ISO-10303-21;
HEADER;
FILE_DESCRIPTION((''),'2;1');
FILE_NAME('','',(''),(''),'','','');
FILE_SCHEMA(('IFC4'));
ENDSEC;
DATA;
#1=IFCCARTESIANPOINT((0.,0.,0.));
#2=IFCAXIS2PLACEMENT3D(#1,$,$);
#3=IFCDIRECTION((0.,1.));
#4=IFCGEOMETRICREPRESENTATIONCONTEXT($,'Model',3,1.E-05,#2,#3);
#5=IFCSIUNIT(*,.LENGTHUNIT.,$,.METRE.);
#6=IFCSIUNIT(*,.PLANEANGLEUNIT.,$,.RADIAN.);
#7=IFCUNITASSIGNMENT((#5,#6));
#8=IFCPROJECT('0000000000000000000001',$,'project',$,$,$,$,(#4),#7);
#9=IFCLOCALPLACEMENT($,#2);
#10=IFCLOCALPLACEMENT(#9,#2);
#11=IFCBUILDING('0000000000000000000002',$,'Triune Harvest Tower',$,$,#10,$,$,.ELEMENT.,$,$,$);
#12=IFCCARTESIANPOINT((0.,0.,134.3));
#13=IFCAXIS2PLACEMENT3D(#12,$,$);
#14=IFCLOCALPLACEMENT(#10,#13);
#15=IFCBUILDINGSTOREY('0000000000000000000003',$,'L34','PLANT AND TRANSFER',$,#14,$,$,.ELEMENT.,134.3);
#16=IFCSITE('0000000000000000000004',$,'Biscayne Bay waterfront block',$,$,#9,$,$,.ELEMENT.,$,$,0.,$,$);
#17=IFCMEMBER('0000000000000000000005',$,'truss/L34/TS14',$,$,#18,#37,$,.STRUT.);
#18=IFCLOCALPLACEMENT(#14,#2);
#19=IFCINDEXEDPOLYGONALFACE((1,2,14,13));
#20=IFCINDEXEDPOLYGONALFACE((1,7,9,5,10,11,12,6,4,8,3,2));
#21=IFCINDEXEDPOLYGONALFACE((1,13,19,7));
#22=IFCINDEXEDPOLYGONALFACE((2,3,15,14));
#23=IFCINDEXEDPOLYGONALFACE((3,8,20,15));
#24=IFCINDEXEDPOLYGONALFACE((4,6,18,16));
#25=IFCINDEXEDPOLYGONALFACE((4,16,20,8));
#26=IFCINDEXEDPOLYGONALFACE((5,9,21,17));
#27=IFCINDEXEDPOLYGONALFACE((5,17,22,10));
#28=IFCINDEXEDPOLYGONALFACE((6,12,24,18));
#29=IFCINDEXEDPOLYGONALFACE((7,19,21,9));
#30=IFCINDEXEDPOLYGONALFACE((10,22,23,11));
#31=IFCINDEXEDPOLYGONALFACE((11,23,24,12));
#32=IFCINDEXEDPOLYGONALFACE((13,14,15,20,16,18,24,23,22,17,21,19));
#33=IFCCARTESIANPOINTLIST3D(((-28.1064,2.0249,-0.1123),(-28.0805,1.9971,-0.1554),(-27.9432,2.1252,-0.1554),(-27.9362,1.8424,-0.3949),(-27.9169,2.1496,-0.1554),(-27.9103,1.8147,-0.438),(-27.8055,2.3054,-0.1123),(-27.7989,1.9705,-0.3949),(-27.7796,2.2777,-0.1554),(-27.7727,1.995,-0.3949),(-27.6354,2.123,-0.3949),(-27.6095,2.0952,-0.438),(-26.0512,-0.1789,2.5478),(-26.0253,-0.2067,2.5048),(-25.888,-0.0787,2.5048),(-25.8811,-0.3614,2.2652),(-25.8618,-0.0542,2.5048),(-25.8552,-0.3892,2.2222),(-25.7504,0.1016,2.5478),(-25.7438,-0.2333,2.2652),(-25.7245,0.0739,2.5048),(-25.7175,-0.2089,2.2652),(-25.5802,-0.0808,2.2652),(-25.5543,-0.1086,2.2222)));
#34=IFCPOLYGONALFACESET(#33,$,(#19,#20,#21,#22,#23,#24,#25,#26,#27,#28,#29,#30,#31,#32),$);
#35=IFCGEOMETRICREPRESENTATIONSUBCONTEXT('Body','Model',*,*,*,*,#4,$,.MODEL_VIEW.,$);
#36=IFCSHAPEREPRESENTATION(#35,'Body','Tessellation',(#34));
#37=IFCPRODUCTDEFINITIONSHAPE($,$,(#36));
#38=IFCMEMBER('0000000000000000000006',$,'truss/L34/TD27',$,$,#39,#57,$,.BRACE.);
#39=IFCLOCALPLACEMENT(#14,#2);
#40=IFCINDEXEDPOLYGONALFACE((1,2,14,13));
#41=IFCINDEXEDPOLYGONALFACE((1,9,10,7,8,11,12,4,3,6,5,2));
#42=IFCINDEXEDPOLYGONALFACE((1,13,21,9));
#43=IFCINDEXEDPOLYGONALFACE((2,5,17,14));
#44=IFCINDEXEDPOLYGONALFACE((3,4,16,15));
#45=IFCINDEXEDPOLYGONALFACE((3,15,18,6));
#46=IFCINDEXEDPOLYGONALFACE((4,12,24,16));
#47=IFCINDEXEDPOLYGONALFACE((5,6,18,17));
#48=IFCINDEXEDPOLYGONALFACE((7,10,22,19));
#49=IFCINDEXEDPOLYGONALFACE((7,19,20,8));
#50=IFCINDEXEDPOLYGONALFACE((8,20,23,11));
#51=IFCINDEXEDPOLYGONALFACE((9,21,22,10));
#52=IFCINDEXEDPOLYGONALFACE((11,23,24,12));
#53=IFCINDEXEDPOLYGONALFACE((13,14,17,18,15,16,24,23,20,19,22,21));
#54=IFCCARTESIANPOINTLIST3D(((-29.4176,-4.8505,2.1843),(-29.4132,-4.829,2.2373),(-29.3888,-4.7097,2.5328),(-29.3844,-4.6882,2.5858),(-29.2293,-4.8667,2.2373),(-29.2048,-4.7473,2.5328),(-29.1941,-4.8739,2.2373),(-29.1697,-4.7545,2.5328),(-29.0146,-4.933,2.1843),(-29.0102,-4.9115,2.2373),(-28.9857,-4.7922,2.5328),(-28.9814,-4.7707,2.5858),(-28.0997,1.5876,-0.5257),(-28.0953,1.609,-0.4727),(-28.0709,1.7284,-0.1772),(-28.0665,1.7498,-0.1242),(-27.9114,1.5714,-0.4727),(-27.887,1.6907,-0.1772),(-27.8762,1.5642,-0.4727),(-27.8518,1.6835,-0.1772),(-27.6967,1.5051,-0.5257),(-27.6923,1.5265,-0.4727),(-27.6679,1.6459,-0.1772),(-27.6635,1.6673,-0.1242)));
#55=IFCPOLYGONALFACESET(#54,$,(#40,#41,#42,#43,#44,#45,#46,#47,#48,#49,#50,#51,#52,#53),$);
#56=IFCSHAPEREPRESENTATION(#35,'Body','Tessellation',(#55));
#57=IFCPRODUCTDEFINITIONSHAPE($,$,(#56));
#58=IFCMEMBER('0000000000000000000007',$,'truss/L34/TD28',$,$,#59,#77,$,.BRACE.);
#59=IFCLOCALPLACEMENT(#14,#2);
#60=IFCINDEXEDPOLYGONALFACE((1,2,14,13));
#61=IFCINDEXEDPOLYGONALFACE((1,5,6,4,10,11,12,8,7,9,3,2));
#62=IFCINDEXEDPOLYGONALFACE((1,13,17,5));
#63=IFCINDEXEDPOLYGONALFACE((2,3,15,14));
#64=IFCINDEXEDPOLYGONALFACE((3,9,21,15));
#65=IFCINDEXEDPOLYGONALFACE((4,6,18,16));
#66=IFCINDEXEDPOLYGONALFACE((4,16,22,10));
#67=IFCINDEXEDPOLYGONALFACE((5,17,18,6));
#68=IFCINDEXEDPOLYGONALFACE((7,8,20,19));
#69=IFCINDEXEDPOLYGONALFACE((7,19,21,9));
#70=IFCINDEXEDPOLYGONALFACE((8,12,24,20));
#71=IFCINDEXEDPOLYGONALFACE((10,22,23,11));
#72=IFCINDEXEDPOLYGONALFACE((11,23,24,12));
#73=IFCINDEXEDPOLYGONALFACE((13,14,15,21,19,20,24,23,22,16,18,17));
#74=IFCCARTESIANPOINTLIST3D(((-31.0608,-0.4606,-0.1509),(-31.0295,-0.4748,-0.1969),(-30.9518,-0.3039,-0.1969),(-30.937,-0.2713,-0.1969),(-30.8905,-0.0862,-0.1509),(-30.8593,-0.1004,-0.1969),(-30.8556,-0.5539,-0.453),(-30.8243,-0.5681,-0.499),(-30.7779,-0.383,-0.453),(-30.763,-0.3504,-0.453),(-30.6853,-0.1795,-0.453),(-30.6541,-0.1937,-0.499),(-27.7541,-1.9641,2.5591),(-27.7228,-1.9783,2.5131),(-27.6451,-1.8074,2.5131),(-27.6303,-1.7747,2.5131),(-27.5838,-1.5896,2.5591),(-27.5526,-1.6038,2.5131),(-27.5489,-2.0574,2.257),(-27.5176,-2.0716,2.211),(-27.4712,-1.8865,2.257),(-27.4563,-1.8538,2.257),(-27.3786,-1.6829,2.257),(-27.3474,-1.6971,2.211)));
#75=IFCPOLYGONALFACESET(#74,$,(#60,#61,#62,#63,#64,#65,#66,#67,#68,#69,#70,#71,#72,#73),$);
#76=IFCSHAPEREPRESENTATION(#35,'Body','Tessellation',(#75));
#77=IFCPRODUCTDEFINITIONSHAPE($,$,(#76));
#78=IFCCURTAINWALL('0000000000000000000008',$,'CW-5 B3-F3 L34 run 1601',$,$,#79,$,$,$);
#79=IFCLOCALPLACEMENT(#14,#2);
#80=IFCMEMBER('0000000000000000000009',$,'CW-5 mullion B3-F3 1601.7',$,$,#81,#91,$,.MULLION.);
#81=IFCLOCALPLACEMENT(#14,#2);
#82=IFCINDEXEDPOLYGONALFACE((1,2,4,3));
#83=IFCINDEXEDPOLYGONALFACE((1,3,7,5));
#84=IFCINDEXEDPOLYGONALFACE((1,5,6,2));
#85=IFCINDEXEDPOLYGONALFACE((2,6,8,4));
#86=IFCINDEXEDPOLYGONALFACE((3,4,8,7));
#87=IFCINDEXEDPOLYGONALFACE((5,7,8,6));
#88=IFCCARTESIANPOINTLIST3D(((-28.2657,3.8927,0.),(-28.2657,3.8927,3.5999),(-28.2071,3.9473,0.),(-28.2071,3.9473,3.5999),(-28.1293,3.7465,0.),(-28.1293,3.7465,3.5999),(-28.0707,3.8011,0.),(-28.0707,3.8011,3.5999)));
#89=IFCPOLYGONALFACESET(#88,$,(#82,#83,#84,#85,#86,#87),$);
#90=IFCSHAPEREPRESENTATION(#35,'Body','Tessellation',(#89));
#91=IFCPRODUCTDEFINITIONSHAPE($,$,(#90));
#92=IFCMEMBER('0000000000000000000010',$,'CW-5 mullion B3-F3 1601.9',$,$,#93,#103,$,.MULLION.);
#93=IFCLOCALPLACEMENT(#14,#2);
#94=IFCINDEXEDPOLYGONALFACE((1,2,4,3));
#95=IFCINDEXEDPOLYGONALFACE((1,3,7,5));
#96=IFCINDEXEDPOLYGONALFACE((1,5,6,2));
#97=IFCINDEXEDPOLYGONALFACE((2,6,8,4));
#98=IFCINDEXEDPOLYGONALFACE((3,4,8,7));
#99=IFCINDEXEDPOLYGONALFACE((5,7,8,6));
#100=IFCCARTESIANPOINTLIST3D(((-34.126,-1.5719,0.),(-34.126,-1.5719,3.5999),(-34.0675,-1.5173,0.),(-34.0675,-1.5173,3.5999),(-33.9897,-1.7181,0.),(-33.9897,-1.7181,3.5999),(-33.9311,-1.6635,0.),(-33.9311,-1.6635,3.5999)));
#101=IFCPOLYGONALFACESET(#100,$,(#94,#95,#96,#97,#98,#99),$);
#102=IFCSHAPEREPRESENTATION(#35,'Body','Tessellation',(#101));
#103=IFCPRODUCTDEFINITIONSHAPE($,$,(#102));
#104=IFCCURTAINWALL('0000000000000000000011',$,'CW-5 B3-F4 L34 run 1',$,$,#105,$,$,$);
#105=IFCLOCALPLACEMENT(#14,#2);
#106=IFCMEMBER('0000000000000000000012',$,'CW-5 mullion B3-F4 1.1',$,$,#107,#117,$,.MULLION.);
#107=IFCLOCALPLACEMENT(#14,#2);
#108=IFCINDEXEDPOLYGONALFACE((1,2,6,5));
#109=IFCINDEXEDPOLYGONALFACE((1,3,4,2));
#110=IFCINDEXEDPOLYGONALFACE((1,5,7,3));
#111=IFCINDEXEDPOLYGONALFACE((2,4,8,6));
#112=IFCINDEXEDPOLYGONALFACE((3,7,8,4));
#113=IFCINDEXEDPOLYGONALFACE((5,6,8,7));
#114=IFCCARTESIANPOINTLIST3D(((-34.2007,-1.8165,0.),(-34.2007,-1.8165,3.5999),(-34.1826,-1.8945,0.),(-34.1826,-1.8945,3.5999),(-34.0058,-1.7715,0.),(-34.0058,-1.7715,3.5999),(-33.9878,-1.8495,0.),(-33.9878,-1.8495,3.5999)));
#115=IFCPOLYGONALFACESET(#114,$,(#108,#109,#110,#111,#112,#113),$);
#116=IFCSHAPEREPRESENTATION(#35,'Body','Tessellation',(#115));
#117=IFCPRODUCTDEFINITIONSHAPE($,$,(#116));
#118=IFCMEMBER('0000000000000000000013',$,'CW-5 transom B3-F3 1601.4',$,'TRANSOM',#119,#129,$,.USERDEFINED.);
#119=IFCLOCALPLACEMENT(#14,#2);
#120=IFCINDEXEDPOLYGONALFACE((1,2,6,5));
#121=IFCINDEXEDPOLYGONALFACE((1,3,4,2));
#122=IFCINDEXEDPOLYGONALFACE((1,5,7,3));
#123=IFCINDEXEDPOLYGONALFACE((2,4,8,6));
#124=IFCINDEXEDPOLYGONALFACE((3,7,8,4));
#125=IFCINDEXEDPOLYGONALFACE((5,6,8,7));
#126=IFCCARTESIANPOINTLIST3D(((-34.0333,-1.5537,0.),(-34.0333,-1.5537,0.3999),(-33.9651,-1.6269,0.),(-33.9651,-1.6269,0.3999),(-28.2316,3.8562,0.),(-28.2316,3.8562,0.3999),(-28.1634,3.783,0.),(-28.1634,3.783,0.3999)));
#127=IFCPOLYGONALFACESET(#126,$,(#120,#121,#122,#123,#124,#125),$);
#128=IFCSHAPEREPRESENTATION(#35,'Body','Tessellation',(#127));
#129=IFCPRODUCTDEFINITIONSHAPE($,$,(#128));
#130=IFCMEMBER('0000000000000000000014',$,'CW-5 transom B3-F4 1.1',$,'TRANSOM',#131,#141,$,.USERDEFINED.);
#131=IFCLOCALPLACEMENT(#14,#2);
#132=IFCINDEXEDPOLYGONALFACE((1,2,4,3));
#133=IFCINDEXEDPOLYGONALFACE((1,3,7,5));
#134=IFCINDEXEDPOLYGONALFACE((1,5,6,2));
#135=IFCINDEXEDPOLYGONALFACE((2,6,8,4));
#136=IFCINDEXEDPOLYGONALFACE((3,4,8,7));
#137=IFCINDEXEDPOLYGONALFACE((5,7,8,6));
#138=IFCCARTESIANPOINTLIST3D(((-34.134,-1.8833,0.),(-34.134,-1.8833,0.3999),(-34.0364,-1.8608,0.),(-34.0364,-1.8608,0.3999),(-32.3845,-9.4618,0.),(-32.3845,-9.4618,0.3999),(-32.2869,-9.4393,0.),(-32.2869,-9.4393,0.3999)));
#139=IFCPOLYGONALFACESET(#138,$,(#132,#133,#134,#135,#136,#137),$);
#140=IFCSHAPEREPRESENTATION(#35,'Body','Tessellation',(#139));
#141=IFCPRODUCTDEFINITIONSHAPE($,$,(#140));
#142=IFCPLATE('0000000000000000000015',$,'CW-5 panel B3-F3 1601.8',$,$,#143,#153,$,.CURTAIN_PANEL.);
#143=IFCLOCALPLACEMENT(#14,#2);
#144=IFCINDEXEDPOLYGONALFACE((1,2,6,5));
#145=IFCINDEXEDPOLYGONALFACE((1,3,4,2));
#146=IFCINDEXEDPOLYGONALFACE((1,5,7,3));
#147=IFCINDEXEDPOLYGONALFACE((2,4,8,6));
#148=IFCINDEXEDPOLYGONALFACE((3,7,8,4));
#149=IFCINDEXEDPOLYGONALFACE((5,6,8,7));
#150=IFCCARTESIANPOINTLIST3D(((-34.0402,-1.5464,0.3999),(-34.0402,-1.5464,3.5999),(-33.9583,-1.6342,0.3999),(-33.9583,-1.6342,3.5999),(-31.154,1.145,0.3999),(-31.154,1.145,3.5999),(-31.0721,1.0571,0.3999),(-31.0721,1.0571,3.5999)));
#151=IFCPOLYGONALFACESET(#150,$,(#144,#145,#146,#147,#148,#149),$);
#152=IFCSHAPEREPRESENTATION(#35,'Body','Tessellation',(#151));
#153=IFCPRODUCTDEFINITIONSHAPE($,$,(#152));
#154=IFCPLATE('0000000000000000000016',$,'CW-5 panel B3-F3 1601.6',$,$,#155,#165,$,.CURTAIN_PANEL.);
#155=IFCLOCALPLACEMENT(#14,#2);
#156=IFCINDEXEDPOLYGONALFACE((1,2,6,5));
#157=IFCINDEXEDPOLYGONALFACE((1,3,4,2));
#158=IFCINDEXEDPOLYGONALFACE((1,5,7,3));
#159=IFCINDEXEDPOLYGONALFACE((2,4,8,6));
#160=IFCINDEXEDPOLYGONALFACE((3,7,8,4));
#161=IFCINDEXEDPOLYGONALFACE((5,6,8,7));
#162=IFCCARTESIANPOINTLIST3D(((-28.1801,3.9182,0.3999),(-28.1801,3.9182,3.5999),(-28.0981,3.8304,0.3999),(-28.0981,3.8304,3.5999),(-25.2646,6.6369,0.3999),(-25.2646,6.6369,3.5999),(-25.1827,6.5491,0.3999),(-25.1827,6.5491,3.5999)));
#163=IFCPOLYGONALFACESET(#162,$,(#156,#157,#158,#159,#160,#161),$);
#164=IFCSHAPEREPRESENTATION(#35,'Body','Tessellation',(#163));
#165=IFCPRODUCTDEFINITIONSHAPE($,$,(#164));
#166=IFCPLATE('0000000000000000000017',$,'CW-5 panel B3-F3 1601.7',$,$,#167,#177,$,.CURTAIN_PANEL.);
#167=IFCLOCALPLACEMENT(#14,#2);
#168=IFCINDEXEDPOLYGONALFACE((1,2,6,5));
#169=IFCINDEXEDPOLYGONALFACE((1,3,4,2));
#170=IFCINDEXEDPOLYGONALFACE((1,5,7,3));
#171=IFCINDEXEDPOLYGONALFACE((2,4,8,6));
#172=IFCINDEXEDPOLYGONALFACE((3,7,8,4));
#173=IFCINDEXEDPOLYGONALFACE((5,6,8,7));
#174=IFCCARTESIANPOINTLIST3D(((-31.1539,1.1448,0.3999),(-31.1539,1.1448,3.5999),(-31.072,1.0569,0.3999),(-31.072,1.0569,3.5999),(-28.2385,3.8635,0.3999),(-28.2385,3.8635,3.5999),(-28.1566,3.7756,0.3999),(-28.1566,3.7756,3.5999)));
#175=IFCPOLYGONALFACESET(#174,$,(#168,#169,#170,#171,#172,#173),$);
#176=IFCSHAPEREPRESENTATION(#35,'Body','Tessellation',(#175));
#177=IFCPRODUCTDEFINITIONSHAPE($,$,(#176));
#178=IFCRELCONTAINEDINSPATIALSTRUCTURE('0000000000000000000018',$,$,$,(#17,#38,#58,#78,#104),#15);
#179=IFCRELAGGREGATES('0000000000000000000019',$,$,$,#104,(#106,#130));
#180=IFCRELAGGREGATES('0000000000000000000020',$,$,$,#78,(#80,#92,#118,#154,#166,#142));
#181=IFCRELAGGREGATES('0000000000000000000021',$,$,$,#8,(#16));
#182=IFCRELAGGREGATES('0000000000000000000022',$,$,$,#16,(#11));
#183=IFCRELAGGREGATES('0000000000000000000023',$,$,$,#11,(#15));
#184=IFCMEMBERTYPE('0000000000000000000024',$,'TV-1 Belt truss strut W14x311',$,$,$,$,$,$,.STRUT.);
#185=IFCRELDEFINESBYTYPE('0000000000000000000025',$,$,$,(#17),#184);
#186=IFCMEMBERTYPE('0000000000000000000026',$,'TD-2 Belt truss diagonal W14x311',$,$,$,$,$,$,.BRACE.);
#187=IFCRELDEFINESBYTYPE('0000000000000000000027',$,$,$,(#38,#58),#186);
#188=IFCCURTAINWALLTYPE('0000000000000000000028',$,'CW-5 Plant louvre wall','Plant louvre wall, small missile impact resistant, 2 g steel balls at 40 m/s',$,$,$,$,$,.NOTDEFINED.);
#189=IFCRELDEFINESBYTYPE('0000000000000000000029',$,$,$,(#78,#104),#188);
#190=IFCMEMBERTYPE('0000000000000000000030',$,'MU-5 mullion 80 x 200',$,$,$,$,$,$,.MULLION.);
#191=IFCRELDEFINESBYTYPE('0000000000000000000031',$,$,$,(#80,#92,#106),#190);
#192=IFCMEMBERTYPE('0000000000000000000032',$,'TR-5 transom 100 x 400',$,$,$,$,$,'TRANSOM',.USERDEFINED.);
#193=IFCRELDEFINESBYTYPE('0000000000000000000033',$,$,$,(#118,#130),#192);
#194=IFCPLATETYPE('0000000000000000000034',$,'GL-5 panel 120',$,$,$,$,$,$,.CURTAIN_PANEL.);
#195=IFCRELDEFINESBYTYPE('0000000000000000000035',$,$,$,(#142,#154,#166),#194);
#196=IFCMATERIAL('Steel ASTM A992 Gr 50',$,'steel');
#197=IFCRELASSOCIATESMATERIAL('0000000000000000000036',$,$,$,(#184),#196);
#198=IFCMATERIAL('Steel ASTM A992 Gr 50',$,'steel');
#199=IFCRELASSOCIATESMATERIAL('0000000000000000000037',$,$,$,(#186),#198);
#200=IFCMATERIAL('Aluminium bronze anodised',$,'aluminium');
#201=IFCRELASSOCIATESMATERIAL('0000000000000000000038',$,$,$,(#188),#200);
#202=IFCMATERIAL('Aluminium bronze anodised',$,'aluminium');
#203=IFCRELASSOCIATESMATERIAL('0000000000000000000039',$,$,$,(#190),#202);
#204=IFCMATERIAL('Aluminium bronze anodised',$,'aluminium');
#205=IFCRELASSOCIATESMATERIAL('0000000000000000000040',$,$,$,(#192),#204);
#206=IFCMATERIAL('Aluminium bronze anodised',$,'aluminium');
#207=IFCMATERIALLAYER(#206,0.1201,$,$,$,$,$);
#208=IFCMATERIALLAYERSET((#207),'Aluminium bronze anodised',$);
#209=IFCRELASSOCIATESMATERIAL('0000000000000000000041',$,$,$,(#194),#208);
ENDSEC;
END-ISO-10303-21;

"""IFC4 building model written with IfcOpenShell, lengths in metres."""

from ifc_helpers import new_model, si_unit, direction, frame, origin, origin_2d, place, context, subcontext, project, spatial, rectangle, i_section, extrude, source, transform, mapped, material, layer, layer_set, material_profile, profile_set, type_object, element, aggregate, save


model = new_model("IFC4")

# Units and contexts
model_context = context("Model", 3, precision=1e-05, world=origin(), true_north=direction((0.0, 1.0)))
body_context = subcontext(model_context, "Body", "Model", "MODEL_VIEW")
ifc_project = project(units=[si_unit("LENGTHUNIT", "METRE"), si_unit("PLANEANGLEUNIT", "RADIAN")], contexts=[model_context])

# Site, building, storey
site_placement = place(None, origin())
site = spatial("IfcSite", under=ifc_project, at=site_placement, Name="Biscayne Bay waterfront block", CompositionType="ELEMENT", RefElevation=0.0)
building_placement = place(site_placement, origin())
building = spatial("IfcBuilding", under=site, at=building_placement, Name="Triune Harvest Tower", CompositionType="ELEMENT")
storey_placement = place(building_placement, frame((0.0, 0.0, 134.3)))
storey = spatial("IfcBuildingStorey", under=building, at=storey_placement, Name="L34", Description="PLANT AND TRANSFER", CompositionType="ELEMENT", Elevation=134.3)

# Members
ifc_material_1 = material(Name="Steel ASTM A992 Gr 50", Category="steel")
ifc_material_profile_1 = material_profile(ifc_material_1, i_section(OverallWidth=0.4114, OverallDepth=0.4343, WebThickness=0.0359, FlangeThickness=0.0574, at=origin_2d()), Name="W14x311")
ifc_profile_set_1 = profile_set([ifc_material_profile_1], Name="Steel ASTM A992 Gr 50")
member_type_1 = type_object("IfcMemberType", Name="TV-1 Belt truss strut W14x311", PredefinedType="STRUT", material=ifc_profile_set_1)
shared_shape_1 = source(origin(), body_context, "Body", "SweptSolid", [
    extrude(i_section(OverallWidth=0.4114, OverallDepth=0.4343, WebThickness=0.0359, FlangeThickness=0.0574, at=origin_2d()), origin(), (0.0, 0.0, 1.0), 4.0195),
])
member_1_placement = place(storey_placement, frame((-27.8579, 2.0601, -0.2751), z_axis=(0.511289, -0.548278, 0.661797), x_axis=(0.731346, 0.682006, 0.0)))
element("IfcMember", 1, at=member_1_placement, inside=storey, type_object=member_type_1, Name="truss/L34/TS14", PredefinedType="STRUT", context=body_context, shape_type="MappedRepresentation", body=[
    mapped(shared_shape_1, transform((0.0, 0.0, 0.0), scale=1.0)),
])
ifc_material_2 = material(Name="Steel ASTM A992 Gr 50", Category="steel")
ifc_material_profile_2 = material_profile(ifc_material_2, i_section(OverallWidth=0.4114, OverallDepth=0.4343, WebThickness=0.0359, FlangeThickness=0.0574, at=origin_2d()), Name="W14x311")
ifc_profile_set_2 = profile_set([ifc_material_profile_2], Name="Steel ASTM A992 Gr 50")
member_type_2 = type_object("IfcMemberType", Name="TD-2 Belt truss diagonal W14x311", PredefinedType="BRACE", material=ifc_profile_set_2)
shared_shape_2 = source(origin(), body_context, "Body", "SweptSolid", [
    extrude(i_section(OverallWidth=0.4114, OverallDepth=0.4343, WebThickness=0.0359, FlangeThickness=0.0574, at=origin_2d()), origin(), (0.0, 0.0, 1.0), 7.1084),
])
member_2_placement = place(storey_placement, frame((-27.8816, 1.6274, -0.325), z_axis=(-0.185398, -0.905696, 0.381237), x_axis=(0.979685, -0.200544, 0.0)))
element("IfcMember", 2, at=member_2_placement, inside=storey, type_object=member_type_2, Name="truss/L34/TD27", PredefinedType="BRACE", context=body_context, shape_type="MappedRepresentation", body=[
    mapped(shared_shape_2, transform((0.0, 0.0, 0.0), scale=1.0)),
])
shared_shape_3 = source(origin(), body_context, "Body", "SweptSolid", [
    extrude(i_section(OverallWidth=0.4114, OverallDepth=0.4343, WebThickness=0.0359, FlangeThickness=0.0574, at=origin_2d()), origin(), (0.0, 0.0, 1.0), 4.532),
])
member_3_placement = place(storey_placement, frame((-30.8574, -0.3271, -0.325), z_axis=(0.729638, -0.331742, 0.597976), x_axis=(0.413894, 0.910325, 0.0)))
element("IfcMember", 3, at=member_3_placement, inside=storey, type_object=member_type_2, Name="truss/L34/TD28", PredefinedType="BRACE", context=body_context, shape_type="MappedRepresentation", body=[
    mapped(shared_shape_3, transform((0.0, 0.0, 0.0), scale=1.0)),
])

# Curtain wall, members
ifc_material_3 = material(Name="Aluminium bronze anodised", Category="aluminium")
curtain_wall_type = type_object("IfcCurtainWallType", Name="CW-5 Plant louvre wall", Description="Plant louvre wall, small missile impact resistant, 2 g steel balls at 40 m/s", PredefinedType="NOTDEFINED", material=ifc_material_3)
curtain_wall_1_placement = place(storey_placement, origin())
curtain_wall_1 = element("IfcCurtainWall", 4, at=curtain_wall_1_placement, inside=storey, type_object=curtain_wall_type, Name="CW-5 B3-F3 L34 run 1601")
ifc_material_4 = material(Name="Aluminium bronze anodised", Category="aluminium")
ifc_material_profile_3 = material_profile(ifc_material_4, rectangle(XDim=0.2, YDim=0.0801, at=origin_2d()), Name="MU-5 mullion 80 x 200")
ifc_profile_set_3 = profile_set([ifc_material_profile_3], Name="Aluminium bronze anodised")
member_type_3 = type_object("IfcMemberType", Name="MU-5 mullion 80 x 200", PredefinedType="MULLION", material=ifc_profile_set_3)
shared_shape_4 = source(origin(), body_context, "Body", "SweptSolid", [
    extrude(rectangle(XDim=0.2, YDim=0.0801, at=origin_2d()), origin(), (0.0, 0.0, 1.0), 3.5999),
])
member_4_placement = place(storey_placement, frame((-28.1682, 3.8469, 0.0), z_axis=(0.0, 0.0, 1.0), x_axis=(0.681998, -0.731354, 0.0)))
member_4 = element("IfcMember", 5, at=member_4_placement, type_object=member_type_3, Name="CW-5 mullion B3-F3 1601.7", PredefinedType="MULLION", context=body_context, shape_type="MappedRepresentation", body=[
    mapped(shared_shape_4, transform((0.0, 0.0, 0.0), scale=1.0)),
])
member_5_placement = place(storey_placement, frame((-34.0286, -1.6177, 0.0), z_axis=(0.0, 0.0, 1.0), x_axis=(0.681998, -0.731354, 0.0)))
member_5 = element("IfcMember", 6, at=member_5_placement, type_object=member_type_3, Name="CW-5 mullion B3-F3 1601.9", PredefinedType="MULLION", context=body_context, shape_type="MappedRepresentation", body=[
    mapped(shared_shape_4, transform((0.0, 0.0, 0.0), scale=1.0)),
])

# Curtain wall, member
curtain_wall_2_placement = place(storey_placement, origin())
curtain_wall_2 = element("IfcCurtainWall", 7, at=curtain_wall_2_placement, inside=storey, type_object=curtain_wall_type, Name="CW-5 B3-F4 L34 run 1")
member_6_placement = place(storey_placement, frame((-34.0942, -1.833, 0.0), z_axis=(0.0, 0.0, 1.0), x_axis=(0.974371, 0.224947, 0.0)))
member_6 = element("IfcMember", 8, at=member_6_placement, type_object=member_type_3, Name="CW-5 mullion B3-F4 1.1", PredefinedType="MULLION", context=body_context, shape_type="MappedRepresentation", body=[
    mapped(shared_shape_4, transform((0.0, 0.0, 0.0), scale=1.0)),
])

# Members
ifc_material_5 = material(Name="Aluminium bronze anodised", Category="aluminium")
ifc_material_profile_4 = material_profile(ifc_material_5, rectangle(XDim=0.1001, YDim=0.3999, at=origin_2d()), Name="TR-5 transom 100 x 400")
ifc_profile_set_4 = profile_set([ifc_material_profile_4], Name="Aluminium bronze anodised")
member_type_4 = type_object("IfcMemberType", Name="TR-5 transom 100 x 400", ElementType="TRANSOM", PredefinedType="USERDEFINED", material=ifc_profile_set_4)
shared_shape_5 = source(origin(), body_context, "Body", "SweptSolid", [
    extrude(rectangle(XDim=0.1001, YDim=0.3999, at=origin_2d()), origin(), (0.0, 0.0, 1.0), 7.9326),
])
member_7_placement = place(storey_placement, frame((-28.1975, 3.8196, 0.2), z_axis=(-0.731373, -0.681977, 0.0), x_axis=(0.681977, -0.731373, 0.0)))
member_7 = element("IfcMember", 9, at=member_7_placement, type_object=member_type_4, Name="CW-5 transom B3-F3 1601.4", ObjectType="TRANSOM", PredefinedType="USERDEFINED", context=body_context, shape_type="MappedRepresentation", body=[
    mapped(shared_shape_5, transform((0.0, 0.0, 0.0), scale=1.0)),
])
shared_shape_6 = source(origin(), body_context, "Body", "SweptSolid", [
    extrude(rectangle(XDim=0.1001, YDim=0.3999, at=origin_2d()), origin(), (0.0, 0.0, 1.0), 7.7778),
])
member_8_placement = place(storey_placement, frame((-34.0852, -1.8721, 0.2), z_axis=(0.224933, -0.974374, 0.0), x_axis=(0.974374, 0.224933, 0.0)))
member_8 = element("IfcMember", 10, at=member_8_placement, type_object=member_type_4, Name="CW-5 transom B3-F4 1.1", ObjectType="TRANSOM", PredefinedType="USERDEFINED", context=body_context, shape_type="MappedRepresentation", body=[
    mapped(shared_shape_6, transform((0.0, 0.0, 0.0), scale=1.0)),
])
aggregate(curtain_wall_2, [member_6, member_8])

# Plates
ifc_material_6 = material(Name="Aluminium bronze anodised", Category="aluminium")
ifc_layer_1 = layer(ifc_material_6, 0.1201)
ifc_layer_set_1 = layer_set([ifc_layer_1], Name="Aluminium bronze anodised")
plate_type = type_object("IfcPlateType", Name="GL-5 panel 120", PredefinedType="CURTAIN_PANEL", material=ifc_layer_set_1)
shared_shape_7 = source(origin(), body_context, "Body", "SweptSolid", [
    extrude(rectangle(XDim=3.9463, YDim=0.1201, at=origin_2d()), origin(), (0.0, 0.0, 1.0), 3.2),
])
plate_1_placement = place(storey_placement, frame((-32.5562, -0.2446, 0.3999), z_axis=(0.0, 0.0, 1.0), x_axis=(-0.731354, -0.681998, 0.0)))
plate_1 = element("IfcPlate", 11, at=plate_1_placement, type_object=plate_type, Name="CW-5 panel B3-F3 1601.8", PredefinedType="CURTAIN_PANEL", context=body_context, shape_type="MappedRepresentation", body=[
    mapped(shared_shape_7, transform((0.0, 0.0, 0.0), scale=1.0)),
])
shared_shape_8 = source(origin(), body_context, "Body", "SweptSolid", [
    extrude(rectangle(XDim=3.9863, YDim=0.1201, at=origin_2d()), origin(), (0.0, 0.0, 1.0), 3.2),
])
plate_2_placement = place(storey_placement, frame((-26.6814, 5.2336, 0.3999), z_axis=(0.0, 0.0, 1.0), x_axis=(-0.731354, -0.681998, 0.0)))
plate_2 = element("IfcPlate", 12, at=plate_2_placement, type_object=plate_type, Name="CW-5 panel B3-F3 1601.6", PredefinedType="CURTAIN_PANEL", context=body_context, shape_type="MappedRepresentation", body=[
    mapped(shared_shape_8, transform((0.0, 0.0, 0.0), scale=1.0)),
])
plate_3_placement = place(storey_placement, frame((-29.6553, 2.4602, 0.3999), z_axis=(0.0, 0.0, 1.0), x_axis=(-0.731354, -0.681998, 0.0)))
plate_3 = element("IfcPlate", 13, at=plate_3_placement, type_object=plate_type, Name="CW-5 panel B3-F3 1601.7", PredefinedType="CURTAIN_PANEL", context=body_context, shape_type="MappedRepresentation", body=[
    mapped(shared_shape_8, transform((0.0, 0.0, 0.0), scale=1.0)),
])
aggregate(curtain_wall_1, [member_4, member_5, member_7, plate_2, plate_3, plate_1])

save(model, "model.ifc")
